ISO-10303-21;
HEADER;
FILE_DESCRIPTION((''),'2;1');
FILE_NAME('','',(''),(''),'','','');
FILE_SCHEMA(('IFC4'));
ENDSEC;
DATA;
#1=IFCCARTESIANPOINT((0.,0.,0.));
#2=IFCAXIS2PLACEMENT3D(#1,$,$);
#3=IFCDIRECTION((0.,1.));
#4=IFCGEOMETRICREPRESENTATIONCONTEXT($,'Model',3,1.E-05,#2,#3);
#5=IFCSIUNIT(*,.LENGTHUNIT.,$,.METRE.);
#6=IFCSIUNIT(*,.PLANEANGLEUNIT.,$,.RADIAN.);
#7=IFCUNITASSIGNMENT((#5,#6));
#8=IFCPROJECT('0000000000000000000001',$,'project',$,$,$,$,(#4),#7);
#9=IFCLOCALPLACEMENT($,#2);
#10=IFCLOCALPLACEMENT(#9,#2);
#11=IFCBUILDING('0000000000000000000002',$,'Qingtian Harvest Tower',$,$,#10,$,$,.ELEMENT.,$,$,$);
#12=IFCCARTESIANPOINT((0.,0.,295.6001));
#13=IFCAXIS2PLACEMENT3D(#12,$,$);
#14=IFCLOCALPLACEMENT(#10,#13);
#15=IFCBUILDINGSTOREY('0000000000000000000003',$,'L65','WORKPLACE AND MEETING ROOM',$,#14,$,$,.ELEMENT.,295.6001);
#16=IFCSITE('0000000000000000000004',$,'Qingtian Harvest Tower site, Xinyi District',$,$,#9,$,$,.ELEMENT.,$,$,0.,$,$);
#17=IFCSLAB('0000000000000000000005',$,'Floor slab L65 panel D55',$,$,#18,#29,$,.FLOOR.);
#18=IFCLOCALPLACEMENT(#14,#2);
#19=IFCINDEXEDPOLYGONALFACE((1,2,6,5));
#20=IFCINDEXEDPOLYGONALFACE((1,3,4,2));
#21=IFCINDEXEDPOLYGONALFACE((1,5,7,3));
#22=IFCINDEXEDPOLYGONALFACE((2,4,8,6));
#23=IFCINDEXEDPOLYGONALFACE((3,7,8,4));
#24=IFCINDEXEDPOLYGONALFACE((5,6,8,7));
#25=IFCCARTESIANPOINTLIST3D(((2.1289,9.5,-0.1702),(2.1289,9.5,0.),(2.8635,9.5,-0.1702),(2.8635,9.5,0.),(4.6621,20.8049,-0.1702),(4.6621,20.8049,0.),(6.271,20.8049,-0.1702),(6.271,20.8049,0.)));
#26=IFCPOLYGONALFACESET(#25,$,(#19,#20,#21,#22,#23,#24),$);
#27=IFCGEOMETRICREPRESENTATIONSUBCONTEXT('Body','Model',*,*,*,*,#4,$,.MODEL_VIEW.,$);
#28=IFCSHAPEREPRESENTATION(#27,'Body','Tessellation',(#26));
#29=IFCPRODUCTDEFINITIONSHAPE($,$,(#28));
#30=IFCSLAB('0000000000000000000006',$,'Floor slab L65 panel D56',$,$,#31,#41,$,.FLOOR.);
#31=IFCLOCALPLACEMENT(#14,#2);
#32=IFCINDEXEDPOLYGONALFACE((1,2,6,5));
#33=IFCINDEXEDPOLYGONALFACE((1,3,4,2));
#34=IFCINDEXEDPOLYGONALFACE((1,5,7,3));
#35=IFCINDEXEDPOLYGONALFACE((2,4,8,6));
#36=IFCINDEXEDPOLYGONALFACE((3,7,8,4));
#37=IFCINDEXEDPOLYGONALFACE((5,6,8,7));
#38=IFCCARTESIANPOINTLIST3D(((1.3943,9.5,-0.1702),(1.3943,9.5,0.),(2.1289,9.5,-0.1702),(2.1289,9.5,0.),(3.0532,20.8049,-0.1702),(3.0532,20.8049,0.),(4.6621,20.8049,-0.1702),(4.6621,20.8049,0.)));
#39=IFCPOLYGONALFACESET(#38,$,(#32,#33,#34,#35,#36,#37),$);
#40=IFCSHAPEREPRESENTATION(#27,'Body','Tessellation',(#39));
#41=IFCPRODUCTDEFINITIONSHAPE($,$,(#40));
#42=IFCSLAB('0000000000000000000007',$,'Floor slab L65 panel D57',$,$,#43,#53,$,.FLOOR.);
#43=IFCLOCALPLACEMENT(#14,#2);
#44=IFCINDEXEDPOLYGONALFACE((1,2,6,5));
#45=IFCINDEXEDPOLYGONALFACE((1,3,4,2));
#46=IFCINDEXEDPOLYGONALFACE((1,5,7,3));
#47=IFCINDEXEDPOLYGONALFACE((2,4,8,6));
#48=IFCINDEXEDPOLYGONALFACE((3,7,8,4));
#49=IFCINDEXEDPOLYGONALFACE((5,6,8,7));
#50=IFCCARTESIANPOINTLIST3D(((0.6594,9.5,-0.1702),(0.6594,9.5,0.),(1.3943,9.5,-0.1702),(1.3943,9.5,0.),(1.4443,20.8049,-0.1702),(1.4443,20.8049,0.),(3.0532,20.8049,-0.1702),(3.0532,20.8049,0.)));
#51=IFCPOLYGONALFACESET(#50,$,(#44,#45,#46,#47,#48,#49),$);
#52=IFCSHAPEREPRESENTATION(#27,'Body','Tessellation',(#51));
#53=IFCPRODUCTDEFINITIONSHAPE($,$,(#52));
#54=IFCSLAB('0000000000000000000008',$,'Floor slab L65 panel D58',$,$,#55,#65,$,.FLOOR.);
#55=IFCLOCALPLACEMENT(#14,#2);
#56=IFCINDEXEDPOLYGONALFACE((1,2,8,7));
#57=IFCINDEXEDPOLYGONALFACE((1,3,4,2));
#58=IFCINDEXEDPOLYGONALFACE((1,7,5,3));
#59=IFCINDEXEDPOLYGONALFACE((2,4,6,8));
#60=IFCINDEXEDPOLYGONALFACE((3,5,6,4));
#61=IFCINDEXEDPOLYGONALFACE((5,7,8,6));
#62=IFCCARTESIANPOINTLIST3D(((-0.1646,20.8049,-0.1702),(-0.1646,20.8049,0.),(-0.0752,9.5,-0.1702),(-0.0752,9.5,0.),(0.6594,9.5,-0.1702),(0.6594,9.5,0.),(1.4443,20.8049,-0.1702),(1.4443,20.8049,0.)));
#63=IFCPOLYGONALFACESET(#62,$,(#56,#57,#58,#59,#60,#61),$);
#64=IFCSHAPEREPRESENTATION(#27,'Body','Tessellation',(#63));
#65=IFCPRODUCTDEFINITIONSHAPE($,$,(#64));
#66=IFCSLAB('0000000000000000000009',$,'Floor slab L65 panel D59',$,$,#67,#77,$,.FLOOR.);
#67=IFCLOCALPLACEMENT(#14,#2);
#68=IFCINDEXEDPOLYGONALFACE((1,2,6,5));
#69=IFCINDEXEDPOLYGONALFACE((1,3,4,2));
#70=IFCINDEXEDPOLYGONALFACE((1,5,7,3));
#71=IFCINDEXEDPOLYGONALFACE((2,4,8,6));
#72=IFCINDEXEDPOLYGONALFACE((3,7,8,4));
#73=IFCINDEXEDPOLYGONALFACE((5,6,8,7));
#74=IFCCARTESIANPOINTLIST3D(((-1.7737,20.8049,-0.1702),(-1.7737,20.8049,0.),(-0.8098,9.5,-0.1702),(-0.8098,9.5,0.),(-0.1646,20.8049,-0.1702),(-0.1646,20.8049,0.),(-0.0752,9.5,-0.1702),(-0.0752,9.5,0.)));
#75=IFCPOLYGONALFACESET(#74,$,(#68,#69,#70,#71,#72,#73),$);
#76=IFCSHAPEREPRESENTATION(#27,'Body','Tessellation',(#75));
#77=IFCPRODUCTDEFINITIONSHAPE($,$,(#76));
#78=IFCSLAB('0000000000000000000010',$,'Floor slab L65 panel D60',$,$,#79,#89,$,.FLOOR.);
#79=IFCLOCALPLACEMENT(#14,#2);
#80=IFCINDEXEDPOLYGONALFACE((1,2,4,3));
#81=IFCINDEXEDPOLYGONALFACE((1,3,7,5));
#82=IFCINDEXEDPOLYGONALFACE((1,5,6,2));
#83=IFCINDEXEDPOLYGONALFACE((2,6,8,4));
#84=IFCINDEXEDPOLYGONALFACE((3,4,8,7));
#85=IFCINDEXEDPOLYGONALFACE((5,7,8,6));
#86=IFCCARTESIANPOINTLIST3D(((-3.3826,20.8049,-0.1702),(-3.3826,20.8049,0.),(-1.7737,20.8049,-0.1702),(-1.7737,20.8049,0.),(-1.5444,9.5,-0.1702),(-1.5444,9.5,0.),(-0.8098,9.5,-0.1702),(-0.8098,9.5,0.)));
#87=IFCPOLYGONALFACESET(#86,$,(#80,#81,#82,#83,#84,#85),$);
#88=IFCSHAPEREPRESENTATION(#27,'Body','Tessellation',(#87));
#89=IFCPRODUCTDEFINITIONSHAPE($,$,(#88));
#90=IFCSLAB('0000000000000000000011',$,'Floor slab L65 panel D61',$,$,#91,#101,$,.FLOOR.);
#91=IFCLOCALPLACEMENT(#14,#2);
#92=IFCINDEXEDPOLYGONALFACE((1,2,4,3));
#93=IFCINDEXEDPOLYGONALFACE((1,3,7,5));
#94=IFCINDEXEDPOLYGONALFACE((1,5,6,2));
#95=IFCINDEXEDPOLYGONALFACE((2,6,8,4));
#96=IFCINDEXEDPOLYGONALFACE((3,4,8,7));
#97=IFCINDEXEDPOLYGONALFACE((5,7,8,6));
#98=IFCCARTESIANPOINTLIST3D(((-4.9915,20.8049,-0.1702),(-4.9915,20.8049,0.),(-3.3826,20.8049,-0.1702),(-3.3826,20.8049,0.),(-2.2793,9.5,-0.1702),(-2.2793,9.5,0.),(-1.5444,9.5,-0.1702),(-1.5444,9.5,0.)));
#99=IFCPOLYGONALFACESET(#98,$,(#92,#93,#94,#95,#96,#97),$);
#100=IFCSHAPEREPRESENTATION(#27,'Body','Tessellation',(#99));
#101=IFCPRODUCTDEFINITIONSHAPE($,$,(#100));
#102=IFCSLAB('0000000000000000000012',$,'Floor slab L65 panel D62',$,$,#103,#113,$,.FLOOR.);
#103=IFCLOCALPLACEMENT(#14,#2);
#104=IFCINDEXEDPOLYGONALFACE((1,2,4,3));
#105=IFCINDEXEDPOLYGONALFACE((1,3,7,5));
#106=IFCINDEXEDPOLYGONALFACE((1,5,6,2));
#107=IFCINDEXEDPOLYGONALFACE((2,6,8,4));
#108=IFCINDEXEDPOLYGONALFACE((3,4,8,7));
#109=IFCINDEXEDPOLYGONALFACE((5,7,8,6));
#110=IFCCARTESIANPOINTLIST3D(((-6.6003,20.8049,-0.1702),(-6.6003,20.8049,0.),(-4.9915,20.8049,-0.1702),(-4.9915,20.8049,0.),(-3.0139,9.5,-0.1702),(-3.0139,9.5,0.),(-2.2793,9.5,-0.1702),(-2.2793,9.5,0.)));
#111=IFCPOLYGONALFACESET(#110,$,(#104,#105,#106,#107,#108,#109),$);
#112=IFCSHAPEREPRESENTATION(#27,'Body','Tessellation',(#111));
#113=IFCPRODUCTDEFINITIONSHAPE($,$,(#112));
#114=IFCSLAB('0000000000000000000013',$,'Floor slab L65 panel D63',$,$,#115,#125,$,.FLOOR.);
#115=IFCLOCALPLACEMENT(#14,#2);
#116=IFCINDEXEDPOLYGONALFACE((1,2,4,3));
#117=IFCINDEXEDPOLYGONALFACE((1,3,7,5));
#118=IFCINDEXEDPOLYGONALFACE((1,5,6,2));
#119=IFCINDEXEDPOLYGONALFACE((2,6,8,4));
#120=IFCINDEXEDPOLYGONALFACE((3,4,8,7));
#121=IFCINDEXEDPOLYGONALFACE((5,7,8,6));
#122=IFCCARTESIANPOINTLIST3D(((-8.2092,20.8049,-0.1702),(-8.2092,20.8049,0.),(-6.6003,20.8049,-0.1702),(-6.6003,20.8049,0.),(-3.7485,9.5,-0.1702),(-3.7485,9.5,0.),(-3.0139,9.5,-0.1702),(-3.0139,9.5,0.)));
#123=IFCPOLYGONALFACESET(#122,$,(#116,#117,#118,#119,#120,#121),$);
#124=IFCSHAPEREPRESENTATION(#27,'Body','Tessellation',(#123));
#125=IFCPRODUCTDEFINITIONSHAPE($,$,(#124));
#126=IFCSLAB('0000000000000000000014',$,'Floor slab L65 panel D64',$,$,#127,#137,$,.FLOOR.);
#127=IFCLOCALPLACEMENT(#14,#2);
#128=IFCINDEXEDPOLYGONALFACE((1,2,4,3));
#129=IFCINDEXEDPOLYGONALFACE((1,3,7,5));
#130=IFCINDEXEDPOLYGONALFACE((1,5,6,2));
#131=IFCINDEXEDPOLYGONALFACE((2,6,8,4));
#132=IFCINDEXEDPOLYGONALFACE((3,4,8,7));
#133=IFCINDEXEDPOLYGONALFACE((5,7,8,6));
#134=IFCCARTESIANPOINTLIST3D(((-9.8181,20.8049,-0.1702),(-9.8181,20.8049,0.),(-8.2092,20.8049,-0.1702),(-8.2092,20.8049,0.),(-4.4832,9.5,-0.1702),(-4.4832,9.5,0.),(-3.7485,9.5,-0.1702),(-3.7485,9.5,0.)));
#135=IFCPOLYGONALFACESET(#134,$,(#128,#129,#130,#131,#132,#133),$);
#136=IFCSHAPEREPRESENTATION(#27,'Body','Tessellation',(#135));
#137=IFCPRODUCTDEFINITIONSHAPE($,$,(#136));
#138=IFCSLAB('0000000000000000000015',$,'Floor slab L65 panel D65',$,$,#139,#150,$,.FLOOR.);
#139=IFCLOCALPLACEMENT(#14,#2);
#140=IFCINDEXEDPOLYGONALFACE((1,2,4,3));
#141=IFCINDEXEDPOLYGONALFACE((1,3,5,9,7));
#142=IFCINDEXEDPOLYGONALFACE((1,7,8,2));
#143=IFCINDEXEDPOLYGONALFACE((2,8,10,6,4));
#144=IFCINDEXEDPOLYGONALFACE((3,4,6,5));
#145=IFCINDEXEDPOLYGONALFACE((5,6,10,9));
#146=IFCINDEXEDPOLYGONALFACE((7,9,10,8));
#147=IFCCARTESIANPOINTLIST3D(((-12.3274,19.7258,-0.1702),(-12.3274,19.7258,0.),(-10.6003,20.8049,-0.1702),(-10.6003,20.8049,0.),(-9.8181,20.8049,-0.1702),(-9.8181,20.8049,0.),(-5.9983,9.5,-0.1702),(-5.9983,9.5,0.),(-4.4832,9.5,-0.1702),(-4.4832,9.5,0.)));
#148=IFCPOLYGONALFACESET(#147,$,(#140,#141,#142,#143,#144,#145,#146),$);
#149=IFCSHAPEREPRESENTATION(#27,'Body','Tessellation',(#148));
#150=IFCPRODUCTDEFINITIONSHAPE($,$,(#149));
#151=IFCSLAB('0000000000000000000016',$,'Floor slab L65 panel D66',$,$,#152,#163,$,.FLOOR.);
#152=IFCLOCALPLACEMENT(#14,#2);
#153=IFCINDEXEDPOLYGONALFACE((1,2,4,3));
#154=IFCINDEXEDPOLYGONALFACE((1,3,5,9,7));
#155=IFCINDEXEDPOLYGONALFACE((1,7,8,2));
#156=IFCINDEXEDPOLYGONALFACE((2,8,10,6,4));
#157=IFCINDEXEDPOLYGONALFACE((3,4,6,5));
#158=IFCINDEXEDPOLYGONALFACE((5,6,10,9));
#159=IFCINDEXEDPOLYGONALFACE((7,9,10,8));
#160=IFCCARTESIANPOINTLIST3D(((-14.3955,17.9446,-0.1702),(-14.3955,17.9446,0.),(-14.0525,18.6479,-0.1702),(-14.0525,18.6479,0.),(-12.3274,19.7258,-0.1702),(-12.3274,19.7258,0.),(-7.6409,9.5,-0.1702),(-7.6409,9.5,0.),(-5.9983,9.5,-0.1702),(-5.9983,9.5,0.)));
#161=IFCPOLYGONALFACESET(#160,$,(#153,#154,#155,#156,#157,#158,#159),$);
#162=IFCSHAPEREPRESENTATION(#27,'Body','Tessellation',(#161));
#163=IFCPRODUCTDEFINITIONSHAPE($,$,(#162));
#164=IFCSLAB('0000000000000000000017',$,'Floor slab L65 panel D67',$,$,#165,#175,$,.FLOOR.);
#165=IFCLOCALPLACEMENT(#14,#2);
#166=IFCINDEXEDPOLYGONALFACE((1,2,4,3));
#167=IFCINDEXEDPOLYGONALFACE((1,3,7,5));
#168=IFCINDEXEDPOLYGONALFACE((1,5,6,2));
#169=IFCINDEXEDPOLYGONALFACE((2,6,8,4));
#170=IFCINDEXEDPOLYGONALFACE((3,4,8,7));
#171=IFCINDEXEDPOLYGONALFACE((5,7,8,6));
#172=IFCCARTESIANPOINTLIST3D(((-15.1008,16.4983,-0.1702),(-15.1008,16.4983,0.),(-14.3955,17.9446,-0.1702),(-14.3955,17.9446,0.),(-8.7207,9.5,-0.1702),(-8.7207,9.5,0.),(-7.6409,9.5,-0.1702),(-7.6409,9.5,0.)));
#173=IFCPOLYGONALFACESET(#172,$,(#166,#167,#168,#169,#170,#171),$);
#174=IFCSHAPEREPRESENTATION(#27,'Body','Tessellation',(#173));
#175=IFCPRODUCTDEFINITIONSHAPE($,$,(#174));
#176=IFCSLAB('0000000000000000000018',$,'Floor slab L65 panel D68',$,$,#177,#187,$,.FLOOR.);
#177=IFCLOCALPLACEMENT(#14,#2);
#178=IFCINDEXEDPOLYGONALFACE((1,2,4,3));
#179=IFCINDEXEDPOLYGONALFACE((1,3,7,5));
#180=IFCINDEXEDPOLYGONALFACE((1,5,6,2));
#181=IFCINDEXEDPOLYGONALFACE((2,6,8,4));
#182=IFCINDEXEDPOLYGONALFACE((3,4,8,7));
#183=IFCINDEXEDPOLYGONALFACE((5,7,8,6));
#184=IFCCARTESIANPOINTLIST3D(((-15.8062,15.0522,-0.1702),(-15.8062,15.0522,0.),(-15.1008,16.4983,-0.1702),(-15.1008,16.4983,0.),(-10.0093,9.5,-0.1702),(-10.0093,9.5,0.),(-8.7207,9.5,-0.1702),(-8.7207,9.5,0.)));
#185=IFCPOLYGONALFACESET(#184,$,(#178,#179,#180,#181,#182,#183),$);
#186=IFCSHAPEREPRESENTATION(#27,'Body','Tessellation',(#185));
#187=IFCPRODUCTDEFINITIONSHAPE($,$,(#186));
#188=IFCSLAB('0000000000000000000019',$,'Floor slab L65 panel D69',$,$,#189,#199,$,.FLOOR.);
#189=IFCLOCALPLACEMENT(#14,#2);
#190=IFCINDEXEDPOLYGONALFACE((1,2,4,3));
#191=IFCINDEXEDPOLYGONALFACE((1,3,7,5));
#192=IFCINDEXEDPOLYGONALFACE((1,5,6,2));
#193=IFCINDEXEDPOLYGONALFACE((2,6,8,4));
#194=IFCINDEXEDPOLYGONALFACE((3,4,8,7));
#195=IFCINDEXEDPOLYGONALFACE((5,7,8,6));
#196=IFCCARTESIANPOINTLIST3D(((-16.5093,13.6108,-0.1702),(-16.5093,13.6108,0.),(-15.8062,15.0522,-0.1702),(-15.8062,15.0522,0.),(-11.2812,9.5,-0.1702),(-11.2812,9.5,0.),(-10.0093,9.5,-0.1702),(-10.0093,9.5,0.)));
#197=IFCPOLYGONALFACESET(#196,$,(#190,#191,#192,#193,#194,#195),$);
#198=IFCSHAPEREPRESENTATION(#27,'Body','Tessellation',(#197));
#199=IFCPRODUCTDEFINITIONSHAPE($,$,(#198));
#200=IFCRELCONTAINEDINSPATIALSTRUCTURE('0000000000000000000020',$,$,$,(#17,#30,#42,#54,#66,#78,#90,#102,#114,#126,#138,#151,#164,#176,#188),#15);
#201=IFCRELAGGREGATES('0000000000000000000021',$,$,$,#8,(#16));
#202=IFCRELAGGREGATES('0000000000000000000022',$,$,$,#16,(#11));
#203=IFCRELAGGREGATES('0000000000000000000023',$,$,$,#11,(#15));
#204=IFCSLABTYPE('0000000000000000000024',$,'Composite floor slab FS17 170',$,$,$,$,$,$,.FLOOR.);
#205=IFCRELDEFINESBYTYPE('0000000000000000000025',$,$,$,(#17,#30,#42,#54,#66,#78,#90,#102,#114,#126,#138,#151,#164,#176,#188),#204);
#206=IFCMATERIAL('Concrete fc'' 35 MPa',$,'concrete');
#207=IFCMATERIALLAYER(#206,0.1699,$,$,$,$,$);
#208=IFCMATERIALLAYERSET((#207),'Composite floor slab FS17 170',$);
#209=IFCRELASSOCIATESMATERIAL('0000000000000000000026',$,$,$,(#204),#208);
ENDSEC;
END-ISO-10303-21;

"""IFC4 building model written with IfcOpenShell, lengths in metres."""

from ifc_helpers import new_model, si_unit, direction, frame, origin, place, context, subcontext, project, spatial, polyline, outline, extrude, material, layer, layer_set, type_object, element, save


model = new_model("IFC4")

# Units and contexts
model_context = context("Model", 3, precision=1e-05, world=origin(), true_north=direction((0.0, 1.0)))
body_context = subcontext(model_context, "Body", "Model", "MODEL_VIEW")
ifc_project = project(units=[si_unit("LENGTHUNIT", "METRE"), si_unit("PLANEANGLEUNIT", "RADIAN")], contexts=[model_context])

# Site, building, storey
site_placement = place(None, origin())
site = spatial("IfcSite", under=ifc_project, at=site_placement, Name="Qingtian Harvest Tower site, Xinyi District", CompositionType="ELEMENT", RefElevation=0.0)
building_placement = place(site_placement, origin())
building = spatial("IfcBuilding", under=site, at=building_placement, Name="Qingtian Harvest Tower", CompositionType="ELEMENT")
storey_placement = place(building_placement, frame((0.0, 0.0, 295.6001)))
storey = spatial("IfcBuildingStorey", under=building, at=storey_placement, Name="L65", Description="WORKPLACE AND MEETING ROOM", CompositionType="ELEMENT", Elevation=295.6001)

# Slabs
ifc_material_1 = material(Name="Concrete fc' 35 MPa", Category="concrete")
ifc_layer_1 = layer(ifc_material_1, 0.1699)
ifc_layer_set_1 = layer_set([ifc_layer_1], Name="Composite floor slab FS17 170")
slab_type = type_object("IfcSlabType", Name="Composite floor slab FS17 170", PredefinedType="FLOOR", material=ifc_layer_set_1)
slab_1_placement = place(storey_placement, frame((0.0, 0.0, -0.1702)))
element("IfcSlab", 1, at=slab_1_placement, inside=storey, type_object=slab_type, Name="Floor slab L65 panel D55", PredefinedType="FLOOR", context=body_context, shape_type="SweptSolid", body=[
    extrude(outline(polyline([(2.1289, 9.5), (4.6621, 20.8049), (6.271, 20.8049), (2.8635, 9.5), (2.1289, 9.5)])), origin(), (0.0, 0.0, 1.0), 0.1702),
])
slab_2_placement = place(storey_placement, frame((0.0, 0.0, -0.1702)))
element("IfcSlab", 2, at=slab_2_placement, inside=storey, type_object=slab_type, Name="Floor slab L65 panel D56", PredefinedType="FLOOR", context=body_context, shape_type="SweptSolid", body=[
    extrude(outline(polyline([(1.3943, 9.5), (3.0532, 20.8049), (4.6621, 20.8049), (2.1289, 9.5), (1.3943, 9.5)])), origin(), (0.0, 0.0, 1.0), 0.1702),
])
slab_3_placement = place(storey_placement, frame((0.0, 0.0, -0.1702)))
element("IfcSlab", 3, at=slab_3_placement, inside=storey, type_object=slab_type, Name="Floor slab L65 panel D57", PredefinedType="FLOOR", context=body_context, shape_type="SweptSolid", body=[
    extrude(outline(polyline([(0.6594, 9.5), (1.4443, 20.8049), (3.0532, 20.8049), (1.3943, 9.5), (0.6594, 9.5)])), origin(), (0.0, 0.0, 1.0), 0.1702),
])
slab_4_placement = place(storey_placement, frame((0.0, 0.0, -0.1702)))
element("IfcSlab", 4, at=slab_4_placement, inside=storey, type_object=slab_type, Name="Floor slab L65 panel D58", PredefinedType="FLOOR", context=body_context, shape_type="SweptSolid", body=[
    extrude(outline(polyline([(-0.0752, 9.5), (-0.1646, 20.8049), (1.4443, 20.8049), (0.6594, 9.5), (-0.0752, 9.5)])), origin(), (0.0, 0.0, 1.0), 0.1702),
])
slab_5_placement = place(storey_placement, frame((0.0, 0.0, -0.1702)))
element("IfcSlab", 5, at=slab_5_placement, inside=storey, type_object=slab_type, Name="Floor slab L65 panel D59", PredefinedType="FLOOR", context=body_context, shape_type="SweptSolid", body=[
    extrude(outline(polyline([(-0.8098, 9.5), (-1.7737, 20.8049), (-0.1646, 20.8049), (-0.0752, 9.5), (-0.8098, 9.5)])), origin(), (0.0, 0.0, 1.0), 0.1702),
])
slab_6_placement = place(storey_placement, frame((0.0, 0.0, -0.1702)))
element("IfcSlab", 6, at=slab_6_placement, inside=storey, type_object=slab_type, Name="Floor slab L65 panel D60", PredefinedType="FLOOR", context=body_context, shape_type="SweptSolid", body=[
    extrude(outline(polyline([(-1.5444, 9.5), (-3.3826, 20.8049), (-1.7737, 20.8049), (-0.8098, 9.5), (-1.5444, 9.5)])), origin(), (0.0, 0.0, 1.0), 0.1702),
])
slab_7_placement = place(storey_placement, frame((0.0, 0.0, -0.1702)))
element("IfcSlab", 7, at=slab_7_placement, inside=storey, type_object=slab_type, Name="Floor slab L65 panel D61", PredefinedType="FLOOR", context=body_context, shape_type="SweptSolid", body=[
    extrude(outline(polyline([(-2.2793, 9.5), (-4.9915, 20.8049), (-3.3826, 20.8049), (-1.5444, 9.5), (-2.2793, 9.5)])), origin(), (0.0, 0.0, 1.0), 0.1702),
])
slab_8_placement = place(storey_placement, frame((0.0, 0.0, -0.1702)))
element("IfcSlab", 8, at=slab_8_placement, inside=storey, type_object=slab_type, Name="Floor slab L65 panel D62", PredefinedType="FLOOR", context=body_context, shape_type="SweptSolid", body=[
    extrude(outline(polyline([(-3.0139, 9.5), (-6.6003, 20.8049), (-4.9915, 20.8049), (-2.2793, 9.5), (-3.0139, 9.5)])), origin(), (0.0, 0.0, 1.0), 0.1702),
])
slab_9_placement = place(storey_placement, frame((0.0, 0.0, -0.1702)))
element("IfcSlab", 9, at=slab_9_placement, inside=storey, type_object=slab_type, Name="Floor slab L65 panel D63", PredefinedType="FLOOR", context=body_context, shape_type="SweptSolid", body=[
    extrude(outline(polyline([(-3.7485, 9.5), (-8.2092, 20.8049), (-6.6003, 20.8049), (-3.0139, 9.5), (-3.7485, 9.5)])), origin(), (0.0, 0.0, 1.0), 0.1702),
])
slab_10_placement = place(storey_placement, frame((0.0, 0.0, -0.1702)))
element("IfcSlab", 10, at=slab_10_placement, inside=storey, type_object=slab_type, Name="Floor slab L65 panel D64", PredefinedType="FLOOR", context=body_context, shape_type="SweptSolid", body=[
    extrude(outline(polyline([(-4.4832, 9.5), (-9.8181, 20.8049), (-8.2092, 20.8049), (-3.7485, 9.5), (-4.4832, 9.5)])), origin(), (0.0, 0.0, 1.0), 0.1702),
])
slab_11_placement = place(storey_placement, frame((0.0, 0.0, -0.1702)))
element("IfcSlab", 11, at=slab_11_placement, inside=storey, type_object=slab_type, Name="Floor slab L65 panel D65", PredefinedType="FLOOR", context=body_context, shape_type="SweptSolid", body=[
    extrude(outline(polyline([(-4.4832, 9.5), (-5.9983, 9.5), (-12.3274, 19.7258), (-10.6003, 20.8049), (-9.8181, 20.8049), (-4.4832, 9.5)])), origin(), (0.0, 0.0, 1.0), 0.1702),
])
slab_12_placement = place(storey_placement, frame((0.0, 0.0, -0.1702)))
element("IfcSlab", 12, at=slab_12_placement, inside=storey, type_object=slab_type, Name="Floor slab L65 panel D66", PredefinedType="FLOOR", context=body_context, shape_type="SweptSolid", body=[
    extrude(outline(polyline([(-5.9983, 9.5), (-7.6409, 9.5), (-14.3955, 17.9446), (-14.0525, 18.6479), (-12.3274, 19.7258), (-5.9983, 9.5)])), origin(), (0.0, 0.0, 1.0), 0.1702),
])
slab_13_placement = place(storey_placement, frame((0.0, 0.0, -0.1702)))
element("IfcSlab", 13, at=slab_13_placement, inside=storey, type_object=slab_type, Name="Floor slab L65 panel D67", PredefinedType="FLOOR", context=body_context, shape_type="SweptSolid", body=[
    extrude(outline(polyline([(-8.7207, 9.5), (-15.1008, 16.4983), (-14.3955, 17.9446), (-7.6409, 9.5), (-8.7207, 9.5)])), origin(), (0.0, 0.0, 1.0), 0.1702),
])
slab_14_placement = place(storey_placement, frame((0.0, 0.0, -0.1702)))
element("IfcSlab", 14, at=slab_14_placement, inside=storey, type_object=slab_type, Name="Floor slab L65 panel D68", PredefinedType="FLOOR", context=body_context, shape_type="SweptSolid", body=[
    extrude(outline(polyline([(-10.0093, 9.5), (-15.8062, 15.0522), (-15.1008, 16.4983), (-8.7207, 9.5), (-10.0093, 9.5)])), origin(), (0.0, 0.0, 1.0), 0.1702),
])
slab_15_placement = place(storey_placement, frame((0.0, 0.0, -0.1702)))
element("IfcSlab", 15, at=slab_15_placement, inside=storey, type_object=slab_type, Name="Floor slab L65 panel D69", PredefinedType="FLOOR", context=body_context, shape_type="SweptSolid", body=[
    extrude(outline(polyline([(-11.2812, 9.5), (-16.5093, 13.6108), (-15.8062, 15.0522), (-10.0093, 9.5), (-11.2812, 9.5)])), origin(), (0.0, 0.0, 1.0), 0.1702),
])

save(model, "model.ifc")
